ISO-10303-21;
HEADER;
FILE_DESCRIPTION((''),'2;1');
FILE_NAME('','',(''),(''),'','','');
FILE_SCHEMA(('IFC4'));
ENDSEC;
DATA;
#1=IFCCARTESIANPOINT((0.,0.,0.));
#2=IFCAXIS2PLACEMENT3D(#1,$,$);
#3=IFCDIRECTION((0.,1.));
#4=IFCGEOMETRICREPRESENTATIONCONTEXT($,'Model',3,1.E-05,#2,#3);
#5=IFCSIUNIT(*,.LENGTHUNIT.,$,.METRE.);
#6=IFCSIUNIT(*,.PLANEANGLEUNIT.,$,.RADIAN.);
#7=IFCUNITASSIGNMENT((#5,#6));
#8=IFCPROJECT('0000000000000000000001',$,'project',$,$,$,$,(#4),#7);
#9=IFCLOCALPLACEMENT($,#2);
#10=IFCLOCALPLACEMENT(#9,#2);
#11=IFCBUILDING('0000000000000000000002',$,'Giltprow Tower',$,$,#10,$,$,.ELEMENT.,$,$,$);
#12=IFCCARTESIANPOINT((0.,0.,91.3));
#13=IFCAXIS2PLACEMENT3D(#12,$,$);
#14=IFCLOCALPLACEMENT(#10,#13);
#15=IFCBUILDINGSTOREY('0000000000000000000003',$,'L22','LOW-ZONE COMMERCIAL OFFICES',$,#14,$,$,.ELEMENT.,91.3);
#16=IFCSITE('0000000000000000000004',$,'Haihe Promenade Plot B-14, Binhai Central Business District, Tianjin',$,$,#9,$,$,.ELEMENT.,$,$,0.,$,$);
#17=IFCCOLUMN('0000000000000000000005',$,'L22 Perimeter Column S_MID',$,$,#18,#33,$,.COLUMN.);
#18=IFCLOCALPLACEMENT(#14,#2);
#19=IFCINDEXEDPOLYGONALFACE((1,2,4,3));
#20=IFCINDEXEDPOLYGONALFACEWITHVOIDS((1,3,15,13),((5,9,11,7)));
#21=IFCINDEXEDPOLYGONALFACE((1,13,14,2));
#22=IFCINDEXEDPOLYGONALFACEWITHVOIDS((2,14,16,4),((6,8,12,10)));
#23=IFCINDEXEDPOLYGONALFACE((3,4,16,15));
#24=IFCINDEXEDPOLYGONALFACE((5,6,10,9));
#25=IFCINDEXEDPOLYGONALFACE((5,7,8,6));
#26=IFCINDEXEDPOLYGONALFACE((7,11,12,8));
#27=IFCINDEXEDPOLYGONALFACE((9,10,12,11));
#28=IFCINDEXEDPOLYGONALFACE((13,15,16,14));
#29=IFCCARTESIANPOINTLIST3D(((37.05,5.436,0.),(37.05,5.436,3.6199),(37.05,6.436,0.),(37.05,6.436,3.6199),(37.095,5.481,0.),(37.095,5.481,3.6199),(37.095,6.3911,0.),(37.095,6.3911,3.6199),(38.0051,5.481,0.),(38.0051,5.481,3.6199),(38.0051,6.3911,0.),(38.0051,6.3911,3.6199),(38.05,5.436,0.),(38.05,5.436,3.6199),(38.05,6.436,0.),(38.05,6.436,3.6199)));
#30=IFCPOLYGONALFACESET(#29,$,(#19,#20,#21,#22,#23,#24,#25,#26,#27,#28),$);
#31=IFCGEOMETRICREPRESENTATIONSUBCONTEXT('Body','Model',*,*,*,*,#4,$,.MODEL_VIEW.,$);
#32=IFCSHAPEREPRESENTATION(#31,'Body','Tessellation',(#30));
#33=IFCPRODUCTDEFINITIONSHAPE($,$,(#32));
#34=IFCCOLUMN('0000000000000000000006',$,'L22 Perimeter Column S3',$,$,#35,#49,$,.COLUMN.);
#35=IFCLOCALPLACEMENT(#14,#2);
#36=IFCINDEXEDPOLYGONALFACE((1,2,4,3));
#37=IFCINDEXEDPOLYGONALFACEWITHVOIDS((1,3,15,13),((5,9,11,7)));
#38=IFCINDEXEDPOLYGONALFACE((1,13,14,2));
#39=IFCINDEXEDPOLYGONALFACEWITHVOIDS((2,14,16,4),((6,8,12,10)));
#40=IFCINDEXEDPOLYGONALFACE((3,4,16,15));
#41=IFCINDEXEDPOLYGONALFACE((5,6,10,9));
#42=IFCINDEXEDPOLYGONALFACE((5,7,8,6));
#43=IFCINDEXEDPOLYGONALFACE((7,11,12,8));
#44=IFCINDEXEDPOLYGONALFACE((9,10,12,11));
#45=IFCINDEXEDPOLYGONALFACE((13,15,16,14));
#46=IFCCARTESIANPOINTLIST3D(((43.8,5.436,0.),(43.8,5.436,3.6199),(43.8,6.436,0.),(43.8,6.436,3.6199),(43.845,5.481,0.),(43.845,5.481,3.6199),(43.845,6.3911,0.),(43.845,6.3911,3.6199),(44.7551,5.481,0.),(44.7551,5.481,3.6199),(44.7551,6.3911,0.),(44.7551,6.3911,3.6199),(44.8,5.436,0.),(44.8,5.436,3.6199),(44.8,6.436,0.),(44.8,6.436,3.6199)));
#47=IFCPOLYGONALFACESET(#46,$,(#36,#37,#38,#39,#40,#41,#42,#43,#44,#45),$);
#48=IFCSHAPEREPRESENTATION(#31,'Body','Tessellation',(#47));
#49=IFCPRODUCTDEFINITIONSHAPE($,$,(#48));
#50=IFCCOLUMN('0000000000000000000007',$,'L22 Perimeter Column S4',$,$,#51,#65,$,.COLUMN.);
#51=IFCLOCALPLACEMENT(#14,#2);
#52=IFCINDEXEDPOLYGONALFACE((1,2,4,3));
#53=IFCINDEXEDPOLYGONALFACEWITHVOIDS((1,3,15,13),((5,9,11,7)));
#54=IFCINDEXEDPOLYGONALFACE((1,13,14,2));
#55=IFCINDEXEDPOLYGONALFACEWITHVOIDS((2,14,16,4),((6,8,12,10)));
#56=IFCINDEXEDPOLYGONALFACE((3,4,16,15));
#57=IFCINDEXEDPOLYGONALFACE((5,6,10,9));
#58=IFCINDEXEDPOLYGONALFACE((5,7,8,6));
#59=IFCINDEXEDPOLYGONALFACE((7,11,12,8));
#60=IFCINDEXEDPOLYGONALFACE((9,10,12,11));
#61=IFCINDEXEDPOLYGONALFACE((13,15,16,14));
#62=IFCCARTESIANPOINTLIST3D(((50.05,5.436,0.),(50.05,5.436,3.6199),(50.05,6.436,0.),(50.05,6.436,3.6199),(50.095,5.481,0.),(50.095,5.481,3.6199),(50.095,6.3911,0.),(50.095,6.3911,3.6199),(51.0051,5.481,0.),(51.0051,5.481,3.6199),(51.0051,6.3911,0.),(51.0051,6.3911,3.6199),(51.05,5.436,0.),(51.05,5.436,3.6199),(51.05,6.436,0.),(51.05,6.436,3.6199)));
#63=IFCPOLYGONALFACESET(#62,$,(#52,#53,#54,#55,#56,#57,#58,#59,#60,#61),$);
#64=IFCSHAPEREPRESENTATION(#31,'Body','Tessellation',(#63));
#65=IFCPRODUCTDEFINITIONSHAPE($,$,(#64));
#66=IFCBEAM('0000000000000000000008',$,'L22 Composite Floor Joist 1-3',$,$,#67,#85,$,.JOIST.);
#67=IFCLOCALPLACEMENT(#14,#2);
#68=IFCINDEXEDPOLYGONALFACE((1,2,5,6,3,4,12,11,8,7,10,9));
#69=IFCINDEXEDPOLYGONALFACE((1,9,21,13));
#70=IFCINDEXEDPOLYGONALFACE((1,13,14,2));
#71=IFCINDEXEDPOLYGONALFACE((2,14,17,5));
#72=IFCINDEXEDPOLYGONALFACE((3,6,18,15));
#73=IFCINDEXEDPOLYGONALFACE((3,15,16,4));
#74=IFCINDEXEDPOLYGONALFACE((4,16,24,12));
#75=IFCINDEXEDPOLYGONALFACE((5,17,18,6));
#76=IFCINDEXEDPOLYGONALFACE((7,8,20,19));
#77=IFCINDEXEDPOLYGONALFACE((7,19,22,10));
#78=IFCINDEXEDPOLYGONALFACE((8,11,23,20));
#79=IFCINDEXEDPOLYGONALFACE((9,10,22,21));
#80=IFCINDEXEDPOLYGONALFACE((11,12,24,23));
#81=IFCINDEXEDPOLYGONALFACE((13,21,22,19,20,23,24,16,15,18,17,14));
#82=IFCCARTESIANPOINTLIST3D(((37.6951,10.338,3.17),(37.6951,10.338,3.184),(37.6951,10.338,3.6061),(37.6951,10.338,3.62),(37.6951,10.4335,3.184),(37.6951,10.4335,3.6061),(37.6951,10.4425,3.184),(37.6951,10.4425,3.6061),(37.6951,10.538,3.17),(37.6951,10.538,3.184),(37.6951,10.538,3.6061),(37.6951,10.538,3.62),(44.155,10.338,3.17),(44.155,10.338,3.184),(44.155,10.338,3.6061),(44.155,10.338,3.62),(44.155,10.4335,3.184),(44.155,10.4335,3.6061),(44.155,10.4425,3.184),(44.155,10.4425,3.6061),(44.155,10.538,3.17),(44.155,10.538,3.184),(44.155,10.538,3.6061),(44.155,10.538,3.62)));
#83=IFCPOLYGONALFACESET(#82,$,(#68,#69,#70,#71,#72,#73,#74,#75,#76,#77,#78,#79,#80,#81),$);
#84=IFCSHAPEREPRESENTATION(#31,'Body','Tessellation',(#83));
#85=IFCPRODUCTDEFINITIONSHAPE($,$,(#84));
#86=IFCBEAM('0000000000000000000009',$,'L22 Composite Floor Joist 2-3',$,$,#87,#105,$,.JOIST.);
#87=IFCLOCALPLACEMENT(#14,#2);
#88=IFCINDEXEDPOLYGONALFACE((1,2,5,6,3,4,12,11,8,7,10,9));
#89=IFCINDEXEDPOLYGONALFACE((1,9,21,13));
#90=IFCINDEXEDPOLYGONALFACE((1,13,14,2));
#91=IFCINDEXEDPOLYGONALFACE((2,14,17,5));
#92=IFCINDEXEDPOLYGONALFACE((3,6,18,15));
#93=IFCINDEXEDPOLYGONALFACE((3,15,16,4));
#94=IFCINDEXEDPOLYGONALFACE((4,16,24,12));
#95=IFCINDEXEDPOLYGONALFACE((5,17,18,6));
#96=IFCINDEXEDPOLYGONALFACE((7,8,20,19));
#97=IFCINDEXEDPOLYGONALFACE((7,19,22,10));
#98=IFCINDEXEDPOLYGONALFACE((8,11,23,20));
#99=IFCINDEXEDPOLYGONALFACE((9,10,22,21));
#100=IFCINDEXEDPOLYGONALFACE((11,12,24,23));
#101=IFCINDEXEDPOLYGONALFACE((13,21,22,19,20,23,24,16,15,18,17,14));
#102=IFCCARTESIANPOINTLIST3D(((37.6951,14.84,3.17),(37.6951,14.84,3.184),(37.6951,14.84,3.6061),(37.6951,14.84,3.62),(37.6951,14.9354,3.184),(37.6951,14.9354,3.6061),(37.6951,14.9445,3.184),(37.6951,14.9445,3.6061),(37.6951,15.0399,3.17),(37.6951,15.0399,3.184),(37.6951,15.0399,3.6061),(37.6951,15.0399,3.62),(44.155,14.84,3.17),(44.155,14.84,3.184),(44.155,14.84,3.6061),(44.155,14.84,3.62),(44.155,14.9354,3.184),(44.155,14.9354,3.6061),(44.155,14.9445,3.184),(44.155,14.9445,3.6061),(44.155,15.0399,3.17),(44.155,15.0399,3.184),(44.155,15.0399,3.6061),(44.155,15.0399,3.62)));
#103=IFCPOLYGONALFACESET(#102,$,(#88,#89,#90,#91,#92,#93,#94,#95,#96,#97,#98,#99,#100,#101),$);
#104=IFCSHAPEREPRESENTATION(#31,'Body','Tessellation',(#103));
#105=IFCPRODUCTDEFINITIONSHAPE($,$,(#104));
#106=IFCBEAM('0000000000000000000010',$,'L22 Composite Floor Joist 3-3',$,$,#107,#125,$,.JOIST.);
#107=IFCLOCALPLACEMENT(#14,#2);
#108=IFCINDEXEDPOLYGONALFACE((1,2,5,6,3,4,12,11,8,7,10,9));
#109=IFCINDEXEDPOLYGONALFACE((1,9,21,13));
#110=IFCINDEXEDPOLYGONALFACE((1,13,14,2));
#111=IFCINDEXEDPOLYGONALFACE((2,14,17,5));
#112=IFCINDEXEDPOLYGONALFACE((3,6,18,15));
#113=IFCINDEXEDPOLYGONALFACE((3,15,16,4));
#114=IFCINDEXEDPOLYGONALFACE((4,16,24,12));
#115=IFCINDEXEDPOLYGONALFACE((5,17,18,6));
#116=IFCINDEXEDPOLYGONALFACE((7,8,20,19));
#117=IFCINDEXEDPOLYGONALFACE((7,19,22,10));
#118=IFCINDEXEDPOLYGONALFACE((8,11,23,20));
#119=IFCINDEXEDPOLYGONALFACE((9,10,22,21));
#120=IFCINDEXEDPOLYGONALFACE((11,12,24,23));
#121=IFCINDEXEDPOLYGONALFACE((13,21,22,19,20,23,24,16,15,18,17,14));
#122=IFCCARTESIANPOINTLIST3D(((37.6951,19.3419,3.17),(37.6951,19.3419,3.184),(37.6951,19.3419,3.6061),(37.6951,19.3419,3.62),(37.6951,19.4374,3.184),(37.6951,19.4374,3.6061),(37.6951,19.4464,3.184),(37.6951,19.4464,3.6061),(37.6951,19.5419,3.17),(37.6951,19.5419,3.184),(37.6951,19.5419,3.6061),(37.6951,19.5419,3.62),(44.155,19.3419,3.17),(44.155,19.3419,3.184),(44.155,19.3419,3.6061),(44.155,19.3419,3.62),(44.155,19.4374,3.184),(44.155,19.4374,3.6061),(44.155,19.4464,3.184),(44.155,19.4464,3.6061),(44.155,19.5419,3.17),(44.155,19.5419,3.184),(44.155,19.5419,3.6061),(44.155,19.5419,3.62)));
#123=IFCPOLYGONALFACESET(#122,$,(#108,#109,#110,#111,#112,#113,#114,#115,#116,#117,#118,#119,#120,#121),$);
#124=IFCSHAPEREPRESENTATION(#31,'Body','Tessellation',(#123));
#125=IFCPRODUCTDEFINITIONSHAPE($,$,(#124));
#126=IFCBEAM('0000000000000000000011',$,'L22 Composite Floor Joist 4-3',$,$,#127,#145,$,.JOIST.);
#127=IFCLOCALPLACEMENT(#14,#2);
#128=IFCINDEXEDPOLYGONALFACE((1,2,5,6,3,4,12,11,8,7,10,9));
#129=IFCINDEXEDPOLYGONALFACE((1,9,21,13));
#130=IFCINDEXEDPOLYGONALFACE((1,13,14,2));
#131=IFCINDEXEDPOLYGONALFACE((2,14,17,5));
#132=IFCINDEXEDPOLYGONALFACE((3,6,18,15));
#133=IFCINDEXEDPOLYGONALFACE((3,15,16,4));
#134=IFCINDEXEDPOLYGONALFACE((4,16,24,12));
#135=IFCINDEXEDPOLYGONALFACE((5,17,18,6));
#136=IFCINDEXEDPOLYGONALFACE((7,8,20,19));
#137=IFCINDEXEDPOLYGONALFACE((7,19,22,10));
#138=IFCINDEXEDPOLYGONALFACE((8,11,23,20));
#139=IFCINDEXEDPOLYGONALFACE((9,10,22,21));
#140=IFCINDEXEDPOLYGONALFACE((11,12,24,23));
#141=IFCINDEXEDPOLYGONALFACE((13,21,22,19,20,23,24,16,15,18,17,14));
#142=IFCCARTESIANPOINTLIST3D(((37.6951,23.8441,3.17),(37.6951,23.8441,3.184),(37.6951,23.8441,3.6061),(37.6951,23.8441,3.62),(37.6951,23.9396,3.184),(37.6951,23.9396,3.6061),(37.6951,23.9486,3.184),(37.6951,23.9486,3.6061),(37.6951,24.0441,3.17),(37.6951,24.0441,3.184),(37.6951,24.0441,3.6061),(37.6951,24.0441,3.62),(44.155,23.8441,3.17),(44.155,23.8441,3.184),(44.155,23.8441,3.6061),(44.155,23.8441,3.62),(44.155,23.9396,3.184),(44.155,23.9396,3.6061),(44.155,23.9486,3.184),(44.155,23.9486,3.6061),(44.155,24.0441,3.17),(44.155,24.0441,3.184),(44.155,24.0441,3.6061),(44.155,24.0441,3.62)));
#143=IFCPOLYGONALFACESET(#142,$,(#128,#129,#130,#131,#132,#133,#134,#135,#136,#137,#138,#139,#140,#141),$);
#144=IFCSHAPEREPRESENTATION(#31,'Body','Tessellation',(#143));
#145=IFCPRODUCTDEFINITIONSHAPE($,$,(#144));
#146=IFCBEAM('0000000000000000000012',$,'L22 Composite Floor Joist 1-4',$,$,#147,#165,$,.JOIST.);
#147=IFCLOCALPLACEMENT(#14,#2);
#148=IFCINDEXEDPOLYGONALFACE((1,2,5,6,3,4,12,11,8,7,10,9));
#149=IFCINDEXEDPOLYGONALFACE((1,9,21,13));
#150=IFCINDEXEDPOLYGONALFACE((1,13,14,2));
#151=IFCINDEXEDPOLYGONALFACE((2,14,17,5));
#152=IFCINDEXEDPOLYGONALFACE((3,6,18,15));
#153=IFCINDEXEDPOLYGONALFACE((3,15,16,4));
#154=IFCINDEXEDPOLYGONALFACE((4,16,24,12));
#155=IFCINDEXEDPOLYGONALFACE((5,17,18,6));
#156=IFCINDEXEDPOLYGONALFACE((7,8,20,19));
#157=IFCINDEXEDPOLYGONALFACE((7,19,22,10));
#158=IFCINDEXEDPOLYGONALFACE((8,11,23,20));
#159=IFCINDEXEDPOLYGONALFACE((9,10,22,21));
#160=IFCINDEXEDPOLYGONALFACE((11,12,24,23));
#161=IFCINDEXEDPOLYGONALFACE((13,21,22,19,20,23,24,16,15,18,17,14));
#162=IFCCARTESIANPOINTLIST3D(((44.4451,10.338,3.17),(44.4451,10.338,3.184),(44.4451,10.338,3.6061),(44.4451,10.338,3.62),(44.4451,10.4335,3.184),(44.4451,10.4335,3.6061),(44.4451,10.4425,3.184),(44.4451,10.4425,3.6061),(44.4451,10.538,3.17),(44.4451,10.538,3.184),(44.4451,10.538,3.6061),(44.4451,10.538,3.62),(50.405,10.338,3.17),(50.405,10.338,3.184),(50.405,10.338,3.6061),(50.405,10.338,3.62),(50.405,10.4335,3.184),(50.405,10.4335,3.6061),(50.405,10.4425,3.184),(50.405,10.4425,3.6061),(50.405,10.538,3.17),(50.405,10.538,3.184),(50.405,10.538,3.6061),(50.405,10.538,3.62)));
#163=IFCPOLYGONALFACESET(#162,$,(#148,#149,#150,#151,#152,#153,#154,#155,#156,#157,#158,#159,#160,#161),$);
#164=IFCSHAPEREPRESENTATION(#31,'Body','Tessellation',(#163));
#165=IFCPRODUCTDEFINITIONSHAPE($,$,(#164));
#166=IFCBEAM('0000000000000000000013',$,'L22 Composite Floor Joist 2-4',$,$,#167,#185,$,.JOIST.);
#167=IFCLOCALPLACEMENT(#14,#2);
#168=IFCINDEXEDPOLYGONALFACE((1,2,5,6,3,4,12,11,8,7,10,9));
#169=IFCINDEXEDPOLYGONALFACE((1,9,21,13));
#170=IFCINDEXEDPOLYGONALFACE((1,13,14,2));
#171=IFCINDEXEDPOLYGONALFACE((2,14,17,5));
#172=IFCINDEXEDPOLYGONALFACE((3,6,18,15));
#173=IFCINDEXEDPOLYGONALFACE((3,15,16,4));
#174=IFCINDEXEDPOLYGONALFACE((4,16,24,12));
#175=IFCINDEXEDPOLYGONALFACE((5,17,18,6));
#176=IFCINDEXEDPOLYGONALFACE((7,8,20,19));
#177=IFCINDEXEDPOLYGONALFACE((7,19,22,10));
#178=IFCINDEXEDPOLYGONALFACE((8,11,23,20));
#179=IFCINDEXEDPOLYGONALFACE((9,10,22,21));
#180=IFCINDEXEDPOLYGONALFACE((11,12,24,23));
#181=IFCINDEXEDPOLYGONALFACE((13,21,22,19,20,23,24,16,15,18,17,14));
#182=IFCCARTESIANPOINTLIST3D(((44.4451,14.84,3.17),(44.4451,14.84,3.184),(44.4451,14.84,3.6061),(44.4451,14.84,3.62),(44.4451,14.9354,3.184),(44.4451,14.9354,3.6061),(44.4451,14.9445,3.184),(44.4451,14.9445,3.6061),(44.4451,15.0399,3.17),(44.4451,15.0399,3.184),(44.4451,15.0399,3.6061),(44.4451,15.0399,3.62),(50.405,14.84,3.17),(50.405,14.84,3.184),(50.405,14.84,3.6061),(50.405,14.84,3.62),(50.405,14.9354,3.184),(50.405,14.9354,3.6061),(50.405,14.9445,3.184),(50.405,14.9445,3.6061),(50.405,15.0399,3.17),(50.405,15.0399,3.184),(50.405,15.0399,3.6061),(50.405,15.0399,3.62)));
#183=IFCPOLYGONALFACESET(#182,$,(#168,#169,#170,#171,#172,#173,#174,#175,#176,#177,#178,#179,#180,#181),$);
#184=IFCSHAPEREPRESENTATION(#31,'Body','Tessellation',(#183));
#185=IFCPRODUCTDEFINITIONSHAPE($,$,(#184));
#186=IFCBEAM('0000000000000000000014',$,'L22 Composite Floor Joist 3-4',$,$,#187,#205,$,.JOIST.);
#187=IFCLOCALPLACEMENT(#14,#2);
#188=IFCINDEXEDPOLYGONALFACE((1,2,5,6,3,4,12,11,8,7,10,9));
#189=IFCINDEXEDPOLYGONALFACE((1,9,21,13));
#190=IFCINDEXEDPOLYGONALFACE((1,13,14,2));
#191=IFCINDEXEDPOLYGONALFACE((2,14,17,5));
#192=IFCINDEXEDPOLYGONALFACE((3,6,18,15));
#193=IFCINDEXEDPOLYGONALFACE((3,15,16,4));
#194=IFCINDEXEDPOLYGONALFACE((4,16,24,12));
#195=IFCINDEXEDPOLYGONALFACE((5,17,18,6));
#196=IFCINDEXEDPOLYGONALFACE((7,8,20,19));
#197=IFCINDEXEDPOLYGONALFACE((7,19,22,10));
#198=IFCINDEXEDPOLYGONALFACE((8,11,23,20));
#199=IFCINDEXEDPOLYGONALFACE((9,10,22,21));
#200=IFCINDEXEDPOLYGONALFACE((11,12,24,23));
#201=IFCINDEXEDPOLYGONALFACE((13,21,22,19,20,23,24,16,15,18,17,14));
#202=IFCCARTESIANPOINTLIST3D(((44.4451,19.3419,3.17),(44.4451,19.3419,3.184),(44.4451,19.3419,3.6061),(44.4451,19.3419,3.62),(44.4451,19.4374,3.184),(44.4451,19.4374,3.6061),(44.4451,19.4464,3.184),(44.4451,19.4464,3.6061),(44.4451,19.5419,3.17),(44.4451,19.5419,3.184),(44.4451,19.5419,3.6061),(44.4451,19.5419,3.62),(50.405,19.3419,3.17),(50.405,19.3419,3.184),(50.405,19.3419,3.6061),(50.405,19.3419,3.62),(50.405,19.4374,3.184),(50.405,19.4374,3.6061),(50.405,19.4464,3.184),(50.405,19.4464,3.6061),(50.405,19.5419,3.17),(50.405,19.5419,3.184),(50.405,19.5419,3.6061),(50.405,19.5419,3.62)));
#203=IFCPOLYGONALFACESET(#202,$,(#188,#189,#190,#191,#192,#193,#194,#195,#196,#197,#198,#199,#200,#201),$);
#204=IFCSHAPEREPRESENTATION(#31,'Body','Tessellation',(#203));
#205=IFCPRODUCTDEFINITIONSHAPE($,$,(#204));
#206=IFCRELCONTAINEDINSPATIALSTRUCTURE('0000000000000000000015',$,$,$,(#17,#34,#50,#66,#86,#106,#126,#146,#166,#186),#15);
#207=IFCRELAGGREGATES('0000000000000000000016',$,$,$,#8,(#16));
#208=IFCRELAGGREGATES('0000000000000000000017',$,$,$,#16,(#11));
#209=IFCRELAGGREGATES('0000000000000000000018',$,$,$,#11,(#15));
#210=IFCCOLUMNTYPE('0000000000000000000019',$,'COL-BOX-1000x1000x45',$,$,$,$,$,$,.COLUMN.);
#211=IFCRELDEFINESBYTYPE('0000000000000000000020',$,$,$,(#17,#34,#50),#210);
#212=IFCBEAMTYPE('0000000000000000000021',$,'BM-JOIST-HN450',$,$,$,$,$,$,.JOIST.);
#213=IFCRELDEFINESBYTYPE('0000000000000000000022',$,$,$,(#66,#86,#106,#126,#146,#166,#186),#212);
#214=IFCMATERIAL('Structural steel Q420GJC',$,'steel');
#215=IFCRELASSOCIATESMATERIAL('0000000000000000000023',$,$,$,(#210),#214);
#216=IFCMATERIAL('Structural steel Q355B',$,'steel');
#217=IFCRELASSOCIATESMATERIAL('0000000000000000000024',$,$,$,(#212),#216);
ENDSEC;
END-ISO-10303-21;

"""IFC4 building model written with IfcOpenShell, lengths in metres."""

from ifc_helpers import new_model, si_unit, direction, frame, origin, origin_2d, place, context, subcontext, project, spatial, hollow_rectangle, i_section, extrude, source, transform, mapped, material, material_profile, profile_set, type_object, element, save


model = new_model("IFC4")

# Units and contexts
model_context = context("Model", 3, precision=1e-05, world=origin(), true_north=direction((0.0, 1.0)))
body_context = subcontext(model_context, "Body", "Model", "MODEL_VIEW")
ifc_project = project(units=[si_unit("LENGTHUNIT", "METRE"), si_unit("PLANEANGLEUNIT", "RADIAN")], contexts=[model_context])

# Site, building, storey
site_placement = place(None, origin())
site = spatial("IfcSite", under=ifc_project, at=site_placement, Name="Haihe Promenade Plot B-14, Binhai Central Business District, Tianjin", CompositionType="ELEMENT", RefElevation=0.0)
building_placement = place(site_placement, origin())
building = spatial("IfcBuilding", under=site, at=building_placement, Name="Giltprow Tower", CompositionType="ELEMENT")
storey_placement = place(building_placement, frame((0.0, 0.0, 91.3)))
storey = spatial("IfcBuildingStorey", under=building, at=storey_placement, Name="L22", Description="LOW-ZONE COMMERCIAL OFFICES", CompositionType="ELEMENT", Elevation=91.3)

# Columns
ifc_material_1 = material(Name="Structural steel Q420GJC", Category="steel")
ifc_material_profile_1 = material_profile(ifc_material_1, hollow_rectangle(XDim=1.0, YDim=1.0, WallThickness=0.0449, at=origin_2d()), Name="BOX 1000x1000x45")
ifc_profile_set_1 = profile_set([ifc_material_profile_1], Name="Structural steel Q420GJC")
column_type = type_object("IfcColumnType", Name="COL-BOX-1000x1000x45", PredefinedType="COLUMN", material=ifc_profile_set_1)
shared_shape_1 = source(origin(), body_context, "Body", "SweptSolid", [
    extrude(hollow_rectangle(XDim=1.0, YDim=1.0, WallThickness=0.0449, at=origin_2d()), origin(), (0.0, 0.0, 1.0), 3.6199),
])
for number, where, z_axis, x_axis, name in (
    (1, (37.55, 5.936, 0.0), (0.0, 0.0, 1.0), (1.0, 0.0, 0.0), "L22 Perimeter Column S_MID"),
    (2, (44.3, 5.936, 0.0), (0.0, 0.0, 1.0), (1.0, 0.0, 0.0), "L22 Perimeter Column S3"),
    (3, (50.55, 5.936, 0.0), (0.0, 0.0, 1.0), (1.0, 0.0, 0.0), "L22 Perimeter Column S4"),
):
    element("IfcColumn", number, at=place(storey_placement, frame(where, z_axis=z_axis, x_axis=x_axis)), inside=storey, type_object=column_type, Name=name, PredefinedType="COLUMN", context=body_context, shape_type="MappedRepresentation", body=[
        mapped(shared_shape_1, transform((0.0, 0.0, 0.0), x_axis=(1.0, 0.0, 0.0), y_axis=(0.0, 1.0, 0.0), z_axis=(0.0, 0.0, 1.0), scale=1.0)),
    ])

# Beams
ifc_material_2 = material(Name="Structural steel Q355B", Category="steel")
ifc_material_profile_2 = material_profile(ifc_material_2, i_section(OverallWidth=0.2, OverallDepth=0.45, WebThickness=0.009, FlangeThickness=0.0139, at=origin_2d()), Name="HN 450x200x9x14")
ifc_profile_set_2 = profile_set([ifc_material_profile_2], Name="Structural steel Q355B")
beam_type_1 = type_object("IfcBeamType", Name="BM-JOIST-HN450", PredefinedType="JOIST", material=ifc_profile_set_2)
shared_shape_2 = source(origin(), body_context, "Body", "SweptSolid", [
    extrude(i_section(OverallWidth=0.2, OverallDepth=0.45, WebThickness=0.009, FlangeThickness=0.0139, at=origin_2d()), origin(), (0.0, 0.0, 1.0), 6.46),
])
for number, where, z_axis, x_axis, name in (
    (4, (37.6951, 10.438, 3.395), (1.0, 0.0, 0.0), (0.0, 1.0, 0.0), "L22 Composite Floor Joist 1-3"),
    (5, (37.6951, 14.9399, 3.395), (1.0, 0.0, 0.0), (0.0, 1.0, 0.0), "L22 Composite Floor Joist 2-3"),
    (6, (37.6951, 19.4419, 3.395), (1.0, 0.0, 0.0), (0.0, 1.0, 0.0), "L22 Composite Floor Joist 3-3"),
    (7, (37.6951, 23.9441, 3.395), (1.0, 0.0, 0.0), (0.0, 1.0, 0.0), "L22 Composite Floor Joist 4-3"),
):
    element("IfcBeam", number, at=place(storey_placement, frame(where, z_axis=z_axis, x_axis=x_axis)), inside=storey, type_object=beam_type_1, Name=name, PredefinedType="JOIST", context=body_context, shape_type="MappedRepresentation", body=[
        mapped(shared_shape_2, transform((0.0, 0.0, 0.0), x_axis=(1.0, 0.0, 0.0), y_axis=(0.0, 1.0, 0.0), z_axis=(0.0, 0.0, 1.0), scale=1.0)),
    ])
shared_shape_3 = source(origin(), body_context, "Body", "SweptSolid", [
    extrude(i_section(OverallWidth=0.2, OverallDepth=0.45, WebThickness=0.009, FlangeThickness=0.0139, at=origin_2d()), origin(), (0.0, 0.0, 1.0), 5.96),
])
for number, where, z_axis, x_axis, name in (
    (8, (44.4451, 10.438, 3.395), (1.0, 0.0, 0.0), (0.0, 1.0, 0.0), "L22 Composite Floor Joist 1-4"),
    (9, (44.4451, 14.9399, 3.395), (1.0, 0.0, 0.0), (0.0, 1.0, 0.0), "L22 Composite Floor Joist 2-4"),
    (10, (44.4451, 19.4419, 3.395), (1.0, 0.0, 0.0), (0.0, 1.0, 0.0), "L22 Composite Floor Joist 3-4"),
):
    element("IfcBeam", number, at=place(storey_placement, frame(where, z_axis=z_axis, x_axis=x_axis)), inside=storey, type_object=beam_type_1, Name=name, PredefinedType="JOIST", context=body_context, shape_type="MappedRepresentation", body=[
        mapped(shared_shape_3, transform((0.0, 0.0, 0.0), x_axis=(1.0, 0.0, 0.0), y_axis=(0.0, 1.0, 0.0), z_axis=(0.0, 0.0, 1.0), scale=1.0)),
    ])

save(model, "model.ifc")
